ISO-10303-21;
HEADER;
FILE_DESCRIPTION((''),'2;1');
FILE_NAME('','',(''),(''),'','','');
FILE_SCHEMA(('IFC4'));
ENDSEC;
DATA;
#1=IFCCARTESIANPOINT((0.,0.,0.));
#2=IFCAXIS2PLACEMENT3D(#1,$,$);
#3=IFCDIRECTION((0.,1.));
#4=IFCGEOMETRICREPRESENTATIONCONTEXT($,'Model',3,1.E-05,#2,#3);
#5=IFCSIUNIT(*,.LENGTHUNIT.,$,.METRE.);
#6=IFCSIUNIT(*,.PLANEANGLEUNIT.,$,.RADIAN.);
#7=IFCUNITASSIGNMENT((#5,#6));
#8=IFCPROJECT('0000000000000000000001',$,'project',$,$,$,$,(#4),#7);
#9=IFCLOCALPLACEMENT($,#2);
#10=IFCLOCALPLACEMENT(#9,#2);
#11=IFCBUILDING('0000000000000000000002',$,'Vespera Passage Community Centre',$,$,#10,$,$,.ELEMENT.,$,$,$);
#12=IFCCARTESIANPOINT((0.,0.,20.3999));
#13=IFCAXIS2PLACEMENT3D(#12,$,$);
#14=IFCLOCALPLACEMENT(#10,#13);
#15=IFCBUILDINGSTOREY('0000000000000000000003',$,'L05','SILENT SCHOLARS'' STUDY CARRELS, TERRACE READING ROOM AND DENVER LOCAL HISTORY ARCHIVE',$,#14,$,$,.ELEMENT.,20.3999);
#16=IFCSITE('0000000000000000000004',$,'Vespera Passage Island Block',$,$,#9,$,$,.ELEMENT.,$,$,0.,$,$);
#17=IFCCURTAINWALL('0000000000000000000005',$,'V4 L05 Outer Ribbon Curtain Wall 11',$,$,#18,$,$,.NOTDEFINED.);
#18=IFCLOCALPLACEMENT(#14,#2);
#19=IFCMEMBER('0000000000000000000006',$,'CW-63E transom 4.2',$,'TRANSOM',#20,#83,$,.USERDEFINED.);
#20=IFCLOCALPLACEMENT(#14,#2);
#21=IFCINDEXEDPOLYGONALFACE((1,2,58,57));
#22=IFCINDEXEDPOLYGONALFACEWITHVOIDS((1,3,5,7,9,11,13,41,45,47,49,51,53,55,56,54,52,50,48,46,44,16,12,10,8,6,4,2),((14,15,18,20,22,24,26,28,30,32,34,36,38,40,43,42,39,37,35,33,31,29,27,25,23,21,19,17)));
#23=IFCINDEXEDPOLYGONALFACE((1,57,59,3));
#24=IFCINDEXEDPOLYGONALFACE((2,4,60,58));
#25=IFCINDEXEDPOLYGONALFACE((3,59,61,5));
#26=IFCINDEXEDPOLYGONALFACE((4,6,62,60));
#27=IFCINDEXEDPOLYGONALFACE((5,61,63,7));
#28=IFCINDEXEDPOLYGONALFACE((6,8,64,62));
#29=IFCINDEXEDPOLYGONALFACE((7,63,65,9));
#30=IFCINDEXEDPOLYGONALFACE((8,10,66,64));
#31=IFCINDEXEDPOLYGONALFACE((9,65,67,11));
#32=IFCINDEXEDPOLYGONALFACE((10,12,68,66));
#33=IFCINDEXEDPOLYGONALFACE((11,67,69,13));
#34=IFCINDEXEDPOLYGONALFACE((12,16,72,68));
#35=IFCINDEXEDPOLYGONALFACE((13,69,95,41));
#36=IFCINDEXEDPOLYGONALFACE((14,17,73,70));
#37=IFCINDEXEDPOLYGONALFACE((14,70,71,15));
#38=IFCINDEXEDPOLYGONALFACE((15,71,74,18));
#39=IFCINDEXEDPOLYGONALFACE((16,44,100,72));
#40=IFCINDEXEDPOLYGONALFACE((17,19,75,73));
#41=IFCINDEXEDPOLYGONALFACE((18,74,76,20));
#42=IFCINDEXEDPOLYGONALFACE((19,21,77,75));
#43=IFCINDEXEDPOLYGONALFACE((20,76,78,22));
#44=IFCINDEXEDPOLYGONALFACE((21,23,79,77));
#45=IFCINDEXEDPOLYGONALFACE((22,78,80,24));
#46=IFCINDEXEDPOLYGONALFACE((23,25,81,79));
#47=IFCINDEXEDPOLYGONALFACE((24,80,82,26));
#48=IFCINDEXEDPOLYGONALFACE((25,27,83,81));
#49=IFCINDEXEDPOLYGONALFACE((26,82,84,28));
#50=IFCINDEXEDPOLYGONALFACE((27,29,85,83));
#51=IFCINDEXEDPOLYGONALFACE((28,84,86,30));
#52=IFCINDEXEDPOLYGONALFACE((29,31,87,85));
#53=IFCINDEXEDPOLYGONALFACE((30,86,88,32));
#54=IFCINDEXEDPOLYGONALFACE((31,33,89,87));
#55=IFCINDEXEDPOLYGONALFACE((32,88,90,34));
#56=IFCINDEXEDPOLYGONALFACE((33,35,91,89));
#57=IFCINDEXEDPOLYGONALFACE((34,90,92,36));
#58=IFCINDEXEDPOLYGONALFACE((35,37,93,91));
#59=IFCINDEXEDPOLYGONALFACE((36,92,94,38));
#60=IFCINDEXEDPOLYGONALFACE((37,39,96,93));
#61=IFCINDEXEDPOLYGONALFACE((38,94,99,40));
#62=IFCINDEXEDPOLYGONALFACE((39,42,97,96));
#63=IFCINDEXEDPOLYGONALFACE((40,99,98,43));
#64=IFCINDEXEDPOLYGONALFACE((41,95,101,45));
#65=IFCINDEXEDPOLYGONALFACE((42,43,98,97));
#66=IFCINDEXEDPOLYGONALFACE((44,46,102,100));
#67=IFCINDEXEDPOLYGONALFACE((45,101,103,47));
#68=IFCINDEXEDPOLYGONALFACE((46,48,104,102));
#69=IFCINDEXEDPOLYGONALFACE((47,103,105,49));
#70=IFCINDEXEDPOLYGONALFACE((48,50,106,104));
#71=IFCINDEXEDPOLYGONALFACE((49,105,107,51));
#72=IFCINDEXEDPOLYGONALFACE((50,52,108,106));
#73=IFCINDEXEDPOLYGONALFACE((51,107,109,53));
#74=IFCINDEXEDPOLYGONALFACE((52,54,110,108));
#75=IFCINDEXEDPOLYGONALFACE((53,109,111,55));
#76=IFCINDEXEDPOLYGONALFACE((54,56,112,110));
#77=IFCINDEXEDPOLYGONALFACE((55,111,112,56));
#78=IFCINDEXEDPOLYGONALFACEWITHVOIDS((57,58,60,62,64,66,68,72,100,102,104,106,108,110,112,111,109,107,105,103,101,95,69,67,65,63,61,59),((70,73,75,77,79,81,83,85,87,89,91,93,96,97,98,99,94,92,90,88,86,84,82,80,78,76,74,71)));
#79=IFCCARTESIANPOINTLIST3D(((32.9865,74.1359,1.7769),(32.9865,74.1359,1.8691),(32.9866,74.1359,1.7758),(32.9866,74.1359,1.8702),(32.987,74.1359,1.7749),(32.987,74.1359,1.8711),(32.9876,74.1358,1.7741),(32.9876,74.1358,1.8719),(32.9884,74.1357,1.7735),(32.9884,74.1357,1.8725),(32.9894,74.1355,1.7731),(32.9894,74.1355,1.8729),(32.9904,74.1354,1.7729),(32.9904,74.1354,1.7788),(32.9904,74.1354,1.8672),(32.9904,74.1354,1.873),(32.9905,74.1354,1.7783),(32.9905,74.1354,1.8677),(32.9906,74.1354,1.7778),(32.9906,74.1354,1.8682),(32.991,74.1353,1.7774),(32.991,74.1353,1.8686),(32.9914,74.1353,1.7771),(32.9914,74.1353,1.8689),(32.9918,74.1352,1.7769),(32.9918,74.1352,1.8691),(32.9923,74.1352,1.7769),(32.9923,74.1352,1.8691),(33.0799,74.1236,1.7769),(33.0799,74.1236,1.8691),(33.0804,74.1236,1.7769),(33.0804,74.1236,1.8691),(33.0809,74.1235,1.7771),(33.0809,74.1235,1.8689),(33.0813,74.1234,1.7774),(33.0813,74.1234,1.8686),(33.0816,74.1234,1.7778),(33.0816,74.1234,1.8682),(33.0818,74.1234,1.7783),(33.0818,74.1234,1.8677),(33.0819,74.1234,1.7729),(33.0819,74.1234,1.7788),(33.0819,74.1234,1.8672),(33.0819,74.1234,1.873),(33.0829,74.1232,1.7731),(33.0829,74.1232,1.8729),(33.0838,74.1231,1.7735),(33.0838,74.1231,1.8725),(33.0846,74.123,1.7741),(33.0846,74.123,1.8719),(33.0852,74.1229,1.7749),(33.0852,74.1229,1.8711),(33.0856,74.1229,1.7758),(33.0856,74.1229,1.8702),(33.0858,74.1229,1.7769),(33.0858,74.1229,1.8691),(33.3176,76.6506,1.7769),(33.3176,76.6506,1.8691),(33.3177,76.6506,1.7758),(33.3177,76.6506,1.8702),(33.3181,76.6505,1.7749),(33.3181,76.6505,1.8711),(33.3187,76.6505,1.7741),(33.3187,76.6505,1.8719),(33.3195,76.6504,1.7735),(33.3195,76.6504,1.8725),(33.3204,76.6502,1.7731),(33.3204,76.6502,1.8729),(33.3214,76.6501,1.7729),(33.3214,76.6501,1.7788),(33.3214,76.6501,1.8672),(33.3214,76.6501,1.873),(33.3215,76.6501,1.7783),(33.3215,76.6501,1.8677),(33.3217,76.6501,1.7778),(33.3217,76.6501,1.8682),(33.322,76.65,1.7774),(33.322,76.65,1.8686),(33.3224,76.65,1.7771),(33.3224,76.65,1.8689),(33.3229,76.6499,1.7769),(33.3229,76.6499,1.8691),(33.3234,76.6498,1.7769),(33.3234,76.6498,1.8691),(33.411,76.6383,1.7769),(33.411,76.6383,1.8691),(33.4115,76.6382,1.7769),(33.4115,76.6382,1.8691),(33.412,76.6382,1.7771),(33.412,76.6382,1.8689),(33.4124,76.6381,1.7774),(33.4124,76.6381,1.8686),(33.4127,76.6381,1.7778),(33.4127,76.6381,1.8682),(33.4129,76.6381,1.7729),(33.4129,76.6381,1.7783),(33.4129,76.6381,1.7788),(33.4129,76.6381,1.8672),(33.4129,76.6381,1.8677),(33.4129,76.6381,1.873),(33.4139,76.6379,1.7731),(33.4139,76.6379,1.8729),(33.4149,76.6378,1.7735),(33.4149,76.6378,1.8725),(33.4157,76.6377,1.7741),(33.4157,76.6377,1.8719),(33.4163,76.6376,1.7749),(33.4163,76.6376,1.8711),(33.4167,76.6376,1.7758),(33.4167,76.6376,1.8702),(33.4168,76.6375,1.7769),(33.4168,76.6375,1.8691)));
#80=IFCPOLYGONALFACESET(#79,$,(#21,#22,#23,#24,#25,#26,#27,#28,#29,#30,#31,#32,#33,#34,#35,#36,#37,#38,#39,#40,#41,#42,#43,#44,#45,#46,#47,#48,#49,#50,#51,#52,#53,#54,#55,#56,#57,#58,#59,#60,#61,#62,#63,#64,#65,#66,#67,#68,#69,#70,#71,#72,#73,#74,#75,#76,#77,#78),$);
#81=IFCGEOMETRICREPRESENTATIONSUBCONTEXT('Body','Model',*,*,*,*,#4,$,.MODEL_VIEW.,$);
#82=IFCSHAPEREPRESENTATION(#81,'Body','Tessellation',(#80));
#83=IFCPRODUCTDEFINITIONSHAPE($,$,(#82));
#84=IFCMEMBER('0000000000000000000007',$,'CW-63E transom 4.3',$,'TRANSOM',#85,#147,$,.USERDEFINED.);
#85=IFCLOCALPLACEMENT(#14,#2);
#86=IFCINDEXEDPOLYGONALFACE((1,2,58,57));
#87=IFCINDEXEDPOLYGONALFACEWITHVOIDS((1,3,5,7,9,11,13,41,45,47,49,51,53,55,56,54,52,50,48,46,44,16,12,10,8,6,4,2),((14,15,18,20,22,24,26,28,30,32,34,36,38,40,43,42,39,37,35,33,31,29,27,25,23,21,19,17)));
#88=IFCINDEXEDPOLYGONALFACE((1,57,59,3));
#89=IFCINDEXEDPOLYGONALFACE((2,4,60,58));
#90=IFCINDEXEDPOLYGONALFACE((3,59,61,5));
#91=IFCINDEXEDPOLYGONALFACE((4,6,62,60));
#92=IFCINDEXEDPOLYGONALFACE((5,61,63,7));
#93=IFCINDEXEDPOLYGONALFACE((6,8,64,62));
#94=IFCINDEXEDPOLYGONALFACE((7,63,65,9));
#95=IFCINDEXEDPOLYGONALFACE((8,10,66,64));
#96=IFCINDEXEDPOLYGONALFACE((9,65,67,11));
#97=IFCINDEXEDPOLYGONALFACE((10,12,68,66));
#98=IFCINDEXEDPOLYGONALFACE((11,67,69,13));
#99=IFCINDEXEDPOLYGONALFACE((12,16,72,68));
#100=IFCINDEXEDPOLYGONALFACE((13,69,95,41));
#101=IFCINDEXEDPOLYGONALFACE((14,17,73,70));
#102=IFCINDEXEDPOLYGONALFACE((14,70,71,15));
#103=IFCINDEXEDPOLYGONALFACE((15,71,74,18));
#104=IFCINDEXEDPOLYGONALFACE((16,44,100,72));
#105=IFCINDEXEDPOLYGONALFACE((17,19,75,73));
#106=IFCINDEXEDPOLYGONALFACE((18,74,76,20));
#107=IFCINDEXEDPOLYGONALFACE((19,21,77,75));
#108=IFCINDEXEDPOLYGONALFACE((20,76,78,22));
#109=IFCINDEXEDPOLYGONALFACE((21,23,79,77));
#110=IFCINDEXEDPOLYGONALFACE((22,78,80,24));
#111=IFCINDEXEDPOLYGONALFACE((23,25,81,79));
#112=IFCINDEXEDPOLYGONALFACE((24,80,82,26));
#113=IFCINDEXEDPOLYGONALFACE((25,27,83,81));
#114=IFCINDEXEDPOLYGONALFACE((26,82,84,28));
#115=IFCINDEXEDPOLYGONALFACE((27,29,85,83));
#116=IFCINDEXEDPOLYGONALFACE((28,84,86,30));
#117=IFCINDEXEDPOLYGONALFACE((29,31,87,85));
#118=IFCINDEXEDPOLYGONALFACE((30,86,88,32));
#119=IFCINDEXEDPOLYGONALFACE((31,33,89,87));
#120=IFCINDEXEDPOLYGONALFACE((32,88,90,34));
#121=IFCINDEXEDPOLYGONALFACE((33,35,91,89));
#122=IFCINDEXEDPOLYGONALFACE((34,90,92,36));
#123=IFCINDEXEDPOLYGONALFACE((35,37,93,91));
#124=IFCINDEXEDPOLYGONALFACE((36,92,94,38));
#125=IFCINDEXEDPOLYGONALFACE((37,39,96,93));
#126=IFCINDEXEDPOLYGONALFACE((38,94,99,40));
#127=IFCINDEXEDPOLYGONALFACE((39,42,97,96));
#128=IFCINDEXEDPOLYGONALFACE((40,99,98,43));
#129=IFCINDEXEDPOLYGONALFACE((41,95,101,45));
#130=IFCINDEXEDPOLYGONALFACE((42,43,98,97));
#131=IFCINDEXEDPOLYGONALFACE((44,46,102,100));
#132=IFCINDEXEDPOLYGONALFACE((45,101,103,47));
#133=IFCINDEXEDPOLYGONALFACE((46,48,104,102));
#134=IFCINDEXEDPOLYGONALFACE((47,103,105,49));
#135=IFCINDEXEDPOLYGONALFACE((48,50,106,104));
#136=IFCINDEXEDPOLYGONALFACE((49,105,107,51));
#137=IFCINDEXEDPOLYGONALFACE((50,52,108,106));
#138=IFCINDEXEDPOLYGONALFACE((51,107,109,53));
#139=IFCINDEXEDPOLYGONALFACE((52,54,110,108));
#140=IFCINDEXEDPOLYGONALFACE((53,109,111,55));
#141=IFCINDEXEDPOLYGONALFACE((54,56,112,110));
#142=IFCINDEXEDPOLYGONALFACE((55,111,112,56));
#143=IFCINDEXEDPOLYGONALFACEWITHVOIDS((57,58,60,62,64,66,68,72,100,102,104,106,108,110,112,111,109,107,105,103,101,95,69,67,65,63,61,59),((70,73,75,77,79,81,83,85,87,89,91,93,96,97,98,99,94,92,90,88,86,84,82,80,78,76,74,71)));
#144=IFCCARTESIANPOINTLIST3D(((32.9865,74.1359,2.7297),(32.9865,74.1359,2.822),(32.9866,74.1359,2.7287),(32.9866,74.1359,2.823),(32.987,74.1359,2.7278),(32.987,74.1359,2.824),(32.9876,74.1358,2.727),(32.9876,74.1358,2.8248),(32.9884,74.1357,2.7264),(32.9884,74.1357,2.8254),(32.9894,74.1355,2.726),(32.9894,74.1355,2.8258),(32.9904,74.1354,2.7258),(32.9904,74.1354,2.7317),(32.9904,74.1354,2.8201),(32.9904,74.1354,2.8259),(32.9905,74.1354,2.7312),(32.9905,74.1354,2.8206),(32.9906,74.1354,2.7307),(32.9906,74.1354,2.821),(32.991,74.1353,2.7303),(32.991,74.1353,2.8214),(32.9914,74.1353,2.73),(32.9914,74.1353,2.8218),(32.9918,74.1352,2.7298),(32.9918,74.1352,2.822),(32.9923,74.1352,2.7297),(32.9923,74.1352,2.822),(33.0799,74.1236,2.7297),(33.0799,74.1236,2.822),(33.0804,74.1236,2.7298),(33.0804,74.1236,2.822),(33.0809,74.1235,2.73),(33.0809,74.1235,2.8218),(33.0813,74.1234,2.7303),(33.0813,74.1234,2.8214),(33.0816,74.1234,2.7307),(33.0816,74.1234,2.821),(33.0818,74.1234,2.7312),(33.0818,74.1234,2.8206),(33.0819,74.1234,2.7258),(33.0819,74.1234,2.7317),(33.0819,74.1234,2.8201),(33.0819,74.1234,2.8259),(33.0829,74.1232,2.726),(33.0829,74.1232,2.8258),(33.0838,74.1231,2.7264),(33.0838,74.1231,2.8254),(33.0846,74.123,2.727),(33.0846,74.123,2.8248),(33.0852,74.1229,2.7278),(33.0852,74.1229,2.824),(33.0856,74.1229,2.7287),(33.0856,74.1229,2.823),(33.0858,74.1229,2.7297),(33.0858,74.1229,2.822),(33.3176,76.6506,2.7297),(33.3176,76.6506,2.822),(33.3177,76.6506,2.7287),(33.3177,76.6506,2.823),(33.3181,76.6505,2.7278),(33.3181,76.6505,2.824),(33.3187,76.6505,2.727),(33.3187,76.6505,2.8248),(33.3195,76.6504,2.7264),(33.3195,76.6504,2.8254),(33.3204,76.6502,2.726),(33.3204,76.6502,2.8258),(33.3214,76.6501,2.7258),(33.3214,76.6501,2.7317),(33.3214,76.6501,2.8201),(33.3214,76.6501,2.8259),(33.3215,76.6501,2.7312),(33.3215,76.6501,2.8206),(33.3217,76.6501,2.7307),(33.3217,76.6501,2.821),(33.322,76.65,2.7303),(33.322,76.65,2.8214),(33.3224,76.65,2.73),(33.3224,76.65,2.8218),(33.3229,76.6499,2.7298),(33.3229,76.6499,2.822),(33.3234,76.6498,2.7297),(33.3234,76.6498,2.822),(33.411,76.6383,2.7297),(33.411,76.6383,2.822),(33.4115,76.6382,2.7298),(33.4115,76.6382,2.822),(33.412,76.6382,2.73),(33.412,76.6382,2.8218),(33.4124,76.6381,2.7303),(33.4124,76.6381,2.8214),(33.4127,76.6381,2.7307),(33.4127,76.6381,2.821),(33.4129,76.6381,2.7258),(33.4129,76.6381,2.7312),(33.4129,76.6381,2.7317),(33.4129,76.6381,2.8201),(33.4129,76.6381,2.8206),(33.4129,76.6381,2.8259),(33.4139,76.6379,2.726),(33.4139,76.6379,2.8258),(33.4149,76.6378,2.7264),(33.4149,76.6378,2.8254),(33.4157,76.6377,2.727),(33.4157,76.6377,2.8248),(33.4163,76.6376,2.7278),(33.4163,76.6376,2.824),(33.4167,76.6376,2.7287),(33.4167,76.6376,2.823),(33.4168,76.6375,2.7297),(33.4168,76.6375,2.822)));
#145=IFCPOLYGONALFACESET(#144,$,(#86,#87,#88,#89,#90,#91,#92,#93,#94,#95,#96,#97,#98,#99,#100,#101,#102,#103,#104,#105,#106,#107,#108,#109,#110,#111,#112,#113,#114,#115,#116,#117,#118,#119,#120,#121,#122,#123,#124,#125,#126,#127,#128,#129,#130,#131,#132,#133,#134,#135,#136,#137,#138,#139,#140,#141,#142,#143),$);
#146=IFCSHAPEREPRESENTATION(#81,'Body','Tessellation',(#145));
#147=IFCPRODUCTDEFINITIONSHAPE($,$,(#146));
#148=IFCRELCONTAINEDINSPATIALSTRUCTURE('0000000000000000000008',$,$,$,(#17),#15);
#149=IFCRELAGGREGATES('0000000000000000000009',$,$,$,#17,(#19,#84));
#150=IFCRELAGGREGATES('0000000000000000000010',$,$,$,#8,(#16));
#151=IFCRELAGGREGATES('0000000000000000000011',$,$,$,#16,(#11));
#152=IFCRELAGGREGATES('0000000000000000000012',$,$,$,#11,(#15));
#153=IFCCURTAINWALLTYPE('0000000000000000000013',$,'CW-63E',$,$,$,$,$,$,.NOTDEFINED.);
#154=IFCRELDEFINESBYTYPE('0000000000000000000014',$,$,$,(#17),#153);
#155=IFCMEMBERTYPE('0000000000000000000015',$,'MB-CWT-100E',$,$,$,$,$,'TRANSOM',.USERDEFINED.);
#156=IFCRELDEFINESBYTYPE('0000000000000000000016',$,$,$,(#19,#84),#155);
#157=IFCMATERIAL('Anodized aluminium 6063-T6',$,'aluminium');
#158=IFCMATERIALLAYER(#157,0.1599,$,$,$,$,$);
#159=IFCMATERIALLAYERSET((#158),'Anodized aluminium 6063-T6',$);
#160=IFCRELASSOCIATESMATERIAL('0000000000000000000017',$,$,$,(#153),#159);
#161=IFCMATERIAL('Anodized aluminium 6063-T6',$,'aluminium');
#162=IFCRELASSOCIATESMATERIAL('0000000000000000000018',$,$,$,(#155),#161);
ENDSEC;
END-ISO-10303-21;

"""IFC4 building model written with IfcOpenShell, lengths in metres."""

from ifc_helpers import new_model, si_unit, direction, frame, origin, origin_2d, place, context, subcontext, project, spatial, hollow_rectangle, extrude, material, layer, layer_set, material_profile, profile_set, type_object, element, aggregate, save


model = new_model("IFC4")

# Units and contexts
model_context = context("Model", 3, precision=1e-05, world=origin(), true_north=direction((0.0, 1.0)))
body_context = subcontext(model_context, "Body", "Model", "MODEL_VIEW")
ifc_project = project(units=[si_unit("LENGTHUNIT", "METRE"), si_unit("PLANEANGLEUNIT", "RADIAN")], contexts=[model_context])

# Site, building, storey
site_placement = place(None, origin())
site = spatial("IfcSite", under=ifc_project, at=site_placement, Name="Vespera Passage Island Block", CompositionType="ELEMENT", RefElevation=0.0)
building_placement = place(site_placement, origin())
building = spatial("IfcBuilding", under=site, at=building_placement, Name="Vespera Passage Community Centre", CompositionType="ELEMENT")
storey_placement = place(building_placement, frame((0.0, 0.0, 20.3999)))
storey = spatial("IfcBuildingStorey", under=building, at=storey_placement, Name="L05", Description="SILENT SCHOLARS' STUDY CARRELS, TERRACE READING ROOM AND DENVER LOCAL HISTORY ARCHIVE", CompositionType="ELEMENT", Elevation=20.3999)

# Curtain wall, members
ifc_material_1 = material(Name="Anodized aluminium 6063-T6", Category="aluminium")
ifc_layer_1 = layer(ifc_material_1, 0.1599)
ifc_layer_set_1 = layer_set([ifc_layer_1], Name="Anodized aluminium 6063-T6")
curtain_wall_type_1 = type_object("IfcCurtainWallType", Name="CW-63E", PredefinedType="NOTDEFINED", material=ifc_layer_set_1)
curtain_wall_1_placement = place(storey_placement, origin())
curtain_wall_1 = element("IfcCurtainWall", 1, at=curtain_wall_1_placement, inside=storey, type_object=curtain_wall_type_1, Name="V4 L05 Outer Ribbon Curtain Wall 11", PredefinedType="NOTDEFINED")
ifc_material_2 = material(Name="Anodized aluminium 6063-T6", Category="aluminium")
ifc_material_profile_1 = material_profile(ifc_material_2, hollow_rectangle(XDim=0.1001, YDim=0.1001, WallThickness=0.0039, InnerFilletRadius=0.002, OuterFilletRadius=0.0039, at=origin_2d()), Name="ALU100X100X4")
ifc_profile_set_1 = profile_set([ifc_material_profile_1], Name="Anodized aluminium 6063-T6")
member_type_1 = type_object("IfcMemberType", Name="MB-CWT-100E", ElementType="TRANSOM", PredefinedType="USERDEFINED", material=ifc_profile_set_1)
member_1_placement = place(storey_placement, frame((33.0361, 74.1294, 1.823), z_axis=(0.130524, 0.991445, 0.0), x_axis=(-0.991445, 0.130524, 0.0)))
member_1 = element("IfcMember", 2, at=member_1_placement, type_object=member_type_1, Name="CW-63E transom 4.2", ObjectType="TRANSOM", PredefinedType="USERDEFINED", context=body_context, shape_type="SweptSolid", body=[
    extrude(hollow_rectangle(XDim=0.1001, YDim=0.1001, WallThickness=0.0039, InnerFilletRadius=0.002, OuterFilletRadius=0.0039, at=origin_2d()), origin(), (0.0, 0.0, 1.0), 2.5364),
])
member_2_placement = place(storey_placement, frame((33.0361, 74.1294, 2.7759), z_axis=(0.130524, 0.991445, 0.0), x_axis=(-0.991445, 0.130524, 0.0)))
member_2 = element("IfcMember", 3, at=member_2_placement, type_object=member_type_1, Name="CW-63E transom 4.3", ObjectType="TRANSOM", PredefinedType="USERDEFINED", context=body_context, shape_type="SweptSolid", body=[
    extrude(hollow_rectangle(XDim=0.1001, YDim=0.1001, WallThickness=0.0039, InnerFilletRadius=0.002, OuterFilletRadius=0.0039, at=origin_2d()), origin(), (0.0, 0.0, 1.0), 2.5364),
])

aggregate(curtain_wall_1, [member_1, member_2])

save(model, "model.ifc")
